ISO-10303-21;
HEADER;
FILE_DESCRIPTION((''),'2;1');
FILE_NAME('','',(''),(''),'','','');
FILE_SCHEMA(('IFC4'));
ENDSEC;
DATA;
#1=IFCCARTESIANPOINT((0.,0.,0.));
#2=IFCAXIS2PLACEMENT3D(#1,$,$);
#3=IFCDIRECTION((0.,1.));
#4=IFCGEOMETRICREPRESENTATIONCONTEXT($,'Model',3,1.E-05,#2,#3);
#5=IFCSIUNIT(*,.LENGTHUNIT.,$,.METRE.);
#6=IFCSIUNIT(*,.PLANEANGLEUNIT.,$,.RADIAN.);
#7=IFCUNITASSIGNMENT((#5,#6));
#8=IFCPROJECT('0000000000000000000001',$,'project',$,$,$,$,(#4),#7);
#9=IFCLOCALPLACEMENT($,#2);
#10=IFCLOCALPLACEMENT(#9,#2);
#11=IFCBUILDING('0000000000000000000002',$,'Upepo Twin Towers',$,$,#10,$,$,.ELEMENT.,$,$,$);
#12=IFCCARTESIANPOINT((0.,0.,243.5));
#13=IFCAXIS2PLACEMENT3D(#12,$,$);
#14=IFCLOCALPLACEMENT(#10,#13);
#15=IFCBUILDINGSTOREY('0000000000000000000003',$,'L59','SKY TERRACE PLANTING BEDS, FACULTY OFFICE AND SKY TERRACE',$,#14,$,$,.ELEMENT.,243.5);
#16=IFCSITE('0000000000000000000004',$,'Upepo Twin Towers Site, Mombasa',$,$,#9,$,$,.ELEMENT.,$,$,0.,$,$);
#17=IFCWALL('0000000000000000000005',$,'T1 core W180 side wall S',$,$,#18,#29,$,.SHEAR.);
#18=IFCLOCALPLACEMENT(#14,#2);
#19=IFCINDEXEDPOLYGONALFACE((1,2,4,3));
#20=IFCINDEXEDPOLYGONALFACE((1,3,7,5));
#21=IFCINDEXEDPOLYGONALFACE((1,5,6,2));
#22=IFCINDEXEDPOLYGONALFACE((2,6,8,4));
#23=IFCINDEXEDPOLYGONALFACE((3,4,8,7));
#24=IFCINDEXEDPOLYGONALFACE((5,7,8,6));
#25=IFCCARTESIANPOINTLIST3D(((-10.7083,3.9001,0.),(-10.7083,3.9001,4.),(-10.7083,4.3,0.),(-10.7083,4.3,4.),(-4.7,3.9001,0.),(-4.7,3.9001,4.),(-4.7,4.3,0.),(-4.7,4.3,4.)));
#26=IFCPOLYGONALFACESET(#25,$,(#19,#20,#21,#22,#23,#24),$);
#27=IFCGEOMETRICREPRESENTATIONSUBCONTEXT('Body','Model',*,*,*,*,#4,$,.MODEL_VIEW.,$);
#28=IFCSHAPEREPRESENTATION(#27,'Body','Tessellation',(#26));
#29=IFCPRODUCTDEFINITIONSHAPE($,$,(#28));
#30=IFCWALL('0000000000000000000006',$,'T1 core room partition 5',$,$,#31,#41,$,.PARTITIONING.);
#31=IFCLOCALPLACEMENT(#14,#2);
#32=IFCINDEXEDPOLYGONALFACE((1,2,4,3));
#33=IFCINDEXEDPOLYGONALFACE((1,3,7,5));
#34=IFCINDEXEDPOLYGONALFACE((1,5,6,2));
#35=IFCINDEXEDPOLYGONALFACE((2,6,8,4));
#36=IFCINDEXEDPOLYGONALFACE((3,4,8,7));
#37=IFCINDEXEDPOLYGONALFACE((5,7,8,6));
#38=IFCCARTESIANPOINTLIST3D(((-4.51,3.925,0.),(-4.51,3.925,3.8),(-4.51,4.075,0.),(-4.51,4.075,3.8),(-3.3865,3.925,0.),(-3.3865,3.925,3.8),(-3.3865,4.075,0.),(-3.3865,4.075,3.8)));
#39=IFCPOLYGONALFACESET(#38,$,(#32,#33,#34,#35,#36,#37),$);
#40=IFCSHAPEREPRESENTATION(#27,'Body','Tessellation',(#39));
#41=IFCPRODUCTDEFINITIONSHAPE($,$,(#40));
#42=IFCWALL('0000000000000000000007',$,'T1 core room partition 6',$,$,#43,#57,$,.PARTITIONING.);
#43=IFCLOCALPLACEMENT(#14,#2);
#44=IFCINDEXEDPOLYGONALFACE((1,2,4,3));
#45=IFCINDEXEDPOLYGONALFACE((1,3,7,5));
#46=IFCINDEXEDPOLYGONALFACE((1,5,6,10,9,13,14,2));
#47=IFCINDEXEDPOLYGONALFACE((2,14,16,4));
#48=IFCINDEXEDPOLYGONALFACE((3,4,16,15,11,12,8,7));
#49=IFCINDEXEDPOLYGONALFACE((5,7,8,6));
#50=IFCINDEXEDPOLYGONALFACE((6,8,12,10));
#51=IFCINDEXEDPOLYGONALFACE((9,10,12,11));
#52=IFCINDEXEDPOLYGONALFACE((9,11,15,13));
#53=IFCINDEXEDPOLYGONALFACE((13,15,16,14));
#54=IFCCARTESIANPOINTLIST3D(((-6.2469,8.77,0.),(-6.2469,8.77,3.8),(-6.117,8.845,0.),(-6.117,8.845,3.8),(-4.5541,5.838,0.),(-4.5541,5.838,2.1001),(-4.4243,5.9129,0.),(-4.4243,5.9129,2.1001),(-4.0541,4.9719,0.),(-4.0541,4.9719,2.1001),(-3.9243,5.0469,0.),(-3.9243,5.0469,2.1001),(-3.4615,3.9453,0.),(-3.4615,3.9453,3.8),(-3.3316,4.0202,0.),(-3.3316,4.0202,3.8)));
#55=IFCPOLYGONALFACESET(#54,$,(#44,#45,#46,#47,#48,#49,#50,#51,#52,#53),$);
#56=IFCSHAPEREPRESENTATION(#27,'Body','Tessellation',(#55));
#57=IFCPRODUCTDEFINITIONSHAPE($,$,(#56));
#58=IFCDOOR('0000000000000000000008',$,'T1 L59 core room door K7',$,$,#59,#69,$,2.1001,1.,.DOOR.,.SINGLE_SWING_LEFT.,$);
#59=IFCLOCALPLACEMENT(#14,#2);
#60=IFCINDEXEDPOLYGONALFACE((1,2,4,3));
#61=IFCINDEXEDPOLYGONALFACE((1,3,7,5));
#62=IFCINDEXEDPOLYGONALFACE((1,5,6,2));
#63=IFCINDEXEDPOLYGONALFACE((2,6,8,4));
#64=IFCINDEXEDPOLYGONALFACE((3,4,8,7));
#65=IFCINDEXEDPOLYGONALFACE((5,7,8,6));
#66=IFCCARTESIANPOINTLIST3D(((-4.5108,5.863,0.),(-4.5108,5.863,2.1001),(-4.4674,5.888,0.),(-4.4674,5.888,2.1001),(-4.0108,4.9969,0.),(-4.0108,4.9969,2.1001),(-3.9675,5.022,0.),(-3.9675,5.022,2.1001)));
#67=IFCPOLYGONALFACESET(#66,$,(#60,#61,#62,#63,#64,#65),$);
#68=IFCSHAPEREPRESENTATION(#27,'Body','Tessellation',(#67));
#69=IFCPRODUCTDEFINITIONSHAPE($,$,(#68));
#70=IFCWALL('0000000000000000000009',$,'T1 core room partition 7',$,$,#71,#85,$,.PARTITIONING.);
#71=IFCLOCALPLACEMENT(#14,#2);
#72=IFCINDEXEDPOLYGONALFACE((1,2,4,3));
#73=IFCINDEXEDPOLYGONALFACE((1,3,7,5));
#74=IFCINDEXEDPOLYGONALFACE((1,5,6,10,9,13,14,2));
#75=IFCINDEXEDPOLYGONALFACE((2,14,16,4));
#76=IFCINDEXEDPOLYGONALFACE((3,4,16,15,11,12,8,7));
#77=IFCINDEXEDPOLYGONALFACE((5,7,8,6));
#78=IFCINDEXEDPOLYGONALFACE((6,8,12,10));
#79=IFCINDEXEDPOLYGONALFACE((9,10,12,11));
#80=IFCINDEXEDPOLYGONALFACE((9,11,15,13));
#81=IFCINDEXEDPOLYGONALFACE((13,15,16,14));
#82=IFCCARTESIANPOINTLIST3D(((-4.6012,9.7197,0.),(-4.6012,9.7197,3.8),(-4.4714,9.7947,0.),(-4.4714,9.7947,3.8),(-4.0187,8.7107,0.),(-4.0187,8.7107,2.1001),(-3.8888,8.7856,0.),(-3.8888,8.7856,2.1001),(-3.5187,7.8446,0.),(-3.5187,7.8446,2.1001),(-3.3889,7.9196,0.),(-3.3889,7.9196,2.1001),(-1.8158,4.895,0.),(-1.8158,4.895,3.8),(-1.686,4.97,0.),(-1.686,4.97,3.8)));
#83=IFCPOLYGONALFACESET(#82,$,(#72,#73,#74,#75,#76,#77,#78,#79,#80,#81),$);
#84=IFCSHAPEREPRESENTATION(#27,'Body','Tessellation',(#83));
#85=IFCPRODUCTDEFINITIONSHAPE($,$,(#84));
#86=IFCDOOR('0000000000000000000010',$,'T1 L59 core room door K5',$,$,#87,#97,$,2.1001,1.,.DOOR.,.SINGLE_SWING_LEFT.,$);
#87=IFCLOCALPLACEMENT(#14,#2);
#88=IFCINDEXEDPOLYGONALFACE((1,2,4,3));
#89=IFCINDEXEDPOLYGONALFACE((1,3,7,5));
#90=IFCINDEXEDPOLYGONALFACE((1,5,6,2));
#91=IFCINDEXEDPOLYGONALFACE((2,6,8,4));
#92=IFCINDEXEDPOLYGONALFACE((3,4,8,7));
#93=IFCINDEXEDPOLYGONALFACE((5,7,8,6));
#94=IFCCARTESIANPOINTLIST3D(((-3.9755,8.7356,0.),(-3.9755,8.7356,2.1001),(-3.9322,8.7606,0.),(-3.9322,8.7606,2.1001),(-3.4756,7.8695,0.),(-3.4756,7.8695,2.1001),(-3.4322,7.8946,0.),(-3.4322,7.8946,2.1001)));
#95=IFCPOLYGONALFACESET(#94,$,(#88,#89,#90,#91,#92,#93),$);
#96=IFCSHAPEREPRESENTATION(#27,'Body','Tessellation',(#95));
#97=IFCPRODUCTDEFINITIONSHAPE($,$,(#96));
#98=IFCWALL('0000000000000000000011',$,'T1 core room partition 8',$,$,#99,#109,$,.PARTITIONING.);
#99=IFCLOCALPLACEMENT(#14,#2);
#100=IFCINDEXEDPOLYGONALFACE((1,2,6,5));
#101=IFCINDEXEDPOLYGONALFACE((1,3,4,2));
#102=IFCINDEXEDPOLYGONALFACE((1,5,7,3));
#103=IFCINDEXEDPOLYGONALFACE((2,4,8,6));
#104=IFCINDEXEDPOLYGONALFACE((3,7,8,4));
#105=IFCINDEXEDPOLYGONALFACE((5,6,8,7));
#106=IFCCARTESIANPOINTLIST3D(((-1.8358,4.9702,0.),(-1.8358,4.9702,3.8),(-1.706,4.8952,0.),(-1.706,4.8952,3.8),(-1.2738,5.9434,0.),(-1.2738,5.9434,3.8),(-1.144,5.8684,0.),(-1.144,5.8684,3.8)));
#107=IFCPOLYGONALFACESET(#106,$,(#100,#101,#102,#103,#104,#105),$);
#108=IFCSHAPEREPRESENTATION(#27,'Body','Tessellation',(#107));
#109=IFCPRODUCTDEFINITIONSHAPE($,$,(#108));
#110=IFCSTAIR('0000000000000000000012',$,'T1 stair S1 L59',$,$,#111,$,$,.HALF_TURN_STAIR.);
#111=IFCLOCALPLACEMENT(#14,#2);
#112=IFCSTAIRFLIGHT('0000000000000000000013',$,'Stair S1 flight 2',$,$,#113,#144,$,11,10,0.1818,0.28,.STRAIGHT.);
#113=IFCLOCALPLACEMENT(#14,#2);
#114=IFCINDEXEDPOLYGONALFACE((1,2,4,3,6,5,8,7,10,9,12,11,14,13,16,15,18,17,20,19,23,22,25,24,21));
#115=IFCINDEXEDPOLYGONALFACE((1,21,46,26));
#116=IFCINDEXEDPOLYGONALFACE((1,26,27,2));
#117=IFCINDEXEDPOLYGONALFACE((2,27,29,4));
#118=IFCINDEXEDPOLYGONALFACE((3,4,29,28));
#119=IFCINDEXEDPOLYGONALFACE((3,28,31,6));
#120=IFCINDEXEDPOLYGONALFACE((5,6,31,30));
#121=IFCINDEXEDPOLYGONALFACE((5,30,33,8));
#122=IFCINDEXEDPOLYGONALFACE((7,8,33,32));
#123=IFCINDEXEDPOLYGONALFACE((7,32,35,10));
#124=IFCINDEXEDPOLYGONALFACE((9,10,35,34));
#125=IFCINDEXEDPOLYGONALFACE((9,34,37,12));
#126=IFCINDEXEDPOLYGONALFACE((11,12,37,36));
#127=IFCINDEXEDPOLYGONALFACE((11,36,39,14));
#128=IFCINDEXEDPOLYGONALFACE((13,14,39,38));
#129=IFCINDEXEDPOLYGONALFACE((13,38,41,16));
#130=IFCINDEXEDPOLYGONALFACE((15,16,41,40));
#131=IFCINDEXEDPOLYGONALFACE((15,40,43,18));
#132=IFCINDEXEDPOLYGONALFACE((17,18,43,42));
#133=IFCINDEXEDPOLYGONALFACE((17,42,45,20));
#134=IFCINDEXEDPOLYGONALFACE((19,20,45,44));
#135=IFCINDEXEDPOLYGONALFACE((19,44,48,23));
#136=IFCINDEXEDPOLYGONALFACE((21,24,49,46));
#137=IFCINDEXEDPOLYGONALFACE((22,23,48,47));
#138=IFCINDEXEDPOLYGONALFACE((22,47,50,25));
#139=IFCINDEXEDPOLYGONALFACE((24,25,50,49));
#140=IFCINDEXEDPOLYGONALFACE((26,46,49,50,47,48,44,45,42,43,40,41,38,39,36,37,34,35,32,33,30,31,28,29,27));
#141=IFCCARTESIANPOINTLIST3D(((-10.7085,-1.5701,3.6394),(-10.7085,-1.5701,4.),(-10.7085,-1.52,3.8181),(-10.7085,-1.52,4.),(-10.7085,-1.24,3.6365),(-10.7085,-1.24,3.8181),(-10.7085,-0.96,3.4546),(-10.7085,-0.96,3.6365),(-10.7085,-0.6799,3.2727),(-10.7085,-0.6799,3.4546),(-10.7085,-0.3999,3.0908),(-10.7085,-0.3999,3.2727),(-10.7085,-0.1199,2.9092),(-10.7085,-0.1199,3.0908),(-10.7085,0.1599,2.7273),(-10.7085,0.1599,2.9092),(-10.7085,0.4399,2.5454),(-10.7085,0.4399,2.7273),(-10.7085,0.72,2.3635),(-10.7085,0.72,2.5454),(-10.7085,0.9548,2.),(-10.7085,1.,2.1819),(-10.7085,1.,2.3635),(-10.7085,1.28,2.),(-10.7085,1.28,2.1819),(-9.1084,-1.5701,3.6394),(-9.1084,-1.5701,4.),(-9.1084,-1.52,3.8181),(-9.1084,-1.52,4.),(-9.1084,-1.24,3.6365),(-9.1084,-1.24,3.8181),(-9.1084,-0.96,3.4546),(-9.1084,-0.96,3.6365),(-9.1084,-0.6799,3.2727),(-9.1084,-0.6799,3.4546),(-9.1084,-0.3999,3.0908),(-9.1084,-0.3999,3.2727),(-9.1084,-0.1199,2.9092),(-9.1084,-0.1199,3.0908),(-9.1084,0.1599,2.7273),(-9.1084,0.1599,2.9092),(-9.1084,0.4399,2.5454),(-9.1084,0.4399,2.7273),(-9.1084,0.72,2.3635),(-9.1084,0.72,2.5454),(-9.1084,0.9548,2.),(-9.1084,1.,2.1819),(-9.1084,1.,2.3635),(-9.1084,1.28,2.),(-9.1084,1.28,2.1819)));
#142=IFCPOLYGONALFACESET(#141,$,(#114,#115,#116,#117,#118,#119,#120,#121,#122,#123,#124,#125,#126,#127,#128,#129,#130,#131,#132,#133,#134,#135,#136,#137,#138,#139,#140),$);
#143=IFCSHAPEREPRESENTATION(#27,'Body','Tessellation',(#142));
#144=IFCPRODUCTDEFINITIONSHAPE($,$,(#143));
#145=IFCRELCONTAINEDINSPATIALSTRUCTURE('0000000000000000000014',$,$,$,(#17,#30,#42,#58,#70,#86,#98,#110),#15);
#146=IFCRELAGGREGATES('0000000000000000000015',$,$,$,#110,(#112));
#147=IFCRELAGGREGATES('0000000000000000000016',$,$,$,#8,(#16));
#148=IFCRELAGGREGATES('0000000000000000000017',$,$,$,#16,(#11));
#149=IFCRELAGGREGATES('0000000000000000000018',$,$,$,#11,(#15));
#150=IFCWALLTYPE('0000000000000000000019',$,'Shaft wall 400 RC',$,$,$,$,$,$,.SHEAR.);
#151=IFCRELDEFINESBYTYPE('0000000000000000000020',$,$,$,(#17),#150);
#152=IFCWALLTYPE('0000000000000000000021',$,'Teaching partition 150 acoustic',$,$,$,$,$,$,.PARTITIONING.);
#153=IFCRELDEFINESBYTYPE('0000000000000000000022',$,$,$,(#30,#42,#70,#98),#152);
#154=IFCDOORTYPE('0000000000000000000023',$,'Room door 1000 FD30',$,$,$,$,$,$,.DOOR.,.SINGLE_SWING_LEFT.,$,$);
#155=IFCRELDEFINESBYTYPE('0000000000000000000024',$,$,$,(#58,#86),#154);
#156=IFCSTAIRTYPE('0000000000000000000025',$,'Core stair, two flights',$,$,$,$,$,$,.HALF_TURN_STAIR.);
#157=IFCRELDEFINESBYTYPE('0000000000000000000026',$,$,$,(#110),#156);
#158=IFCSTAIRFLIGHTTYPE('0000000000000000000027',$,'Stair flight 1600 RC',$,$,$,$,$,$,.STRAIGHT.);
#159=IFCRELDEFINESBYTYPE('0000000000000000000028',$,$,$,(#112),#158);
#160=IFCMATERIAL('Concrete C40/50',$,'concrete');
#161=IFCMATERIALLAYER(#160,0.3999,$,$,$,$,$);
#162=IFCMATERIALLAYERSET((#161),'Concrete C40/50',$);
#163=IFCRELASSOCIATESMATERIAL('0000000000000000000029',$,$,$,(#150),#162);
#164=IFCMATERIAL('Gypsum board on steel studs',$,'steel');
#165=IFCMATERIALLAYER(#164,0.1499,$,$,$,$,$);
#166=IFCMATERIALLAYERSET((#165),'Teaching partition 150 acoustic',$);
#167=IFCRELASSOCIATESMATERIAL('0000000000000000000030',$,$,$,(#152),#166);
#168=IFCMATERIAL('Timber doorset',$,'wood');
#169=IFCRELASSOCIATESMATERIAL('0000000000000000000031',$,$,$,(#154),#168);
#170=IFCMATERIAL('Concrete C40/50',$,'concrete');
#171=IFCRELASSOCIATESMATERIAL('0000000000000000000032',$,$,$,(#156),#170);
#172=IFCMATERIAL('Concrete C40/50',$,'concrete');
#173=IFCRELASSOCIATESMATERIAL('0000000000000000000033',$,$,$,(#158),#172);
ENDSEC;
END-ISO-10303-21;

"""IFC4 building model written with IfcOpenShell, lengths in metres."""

from ifc_helpers import new_model, si_unit, direction, frame, frame_2d, origin, place, context, subcontext, project, spatial, polyline, rectangle, outline, extrude, material, layer, layer_set, type_object, element, fill, aggregate, save


model = new_model("IFC4")

# Units and contexts
model_context = context("Model", 3, precision=1e-05, world=origin(), true_north=direction((0.0, 1.0)))
body_context = subcontext(model_context, "Body", "Model", "MODEL_VIEW")
ifc_project = project(units=[si_unit("LENGTHUNIT", "METRE"), si_unit("PLANEANGLEUNIT", "RADIAN")], contexts=[model_context])

# Site, building, storey
site_placement = place(None, origin())
site = spatial("IfcSite", under=ifc_project, at=site_placement, Name="Upepo Twin Towers Site, Mombasa", CompositionType="ELEMENT", RefElevation=0.0)
building_placement = place(site_placement, origin())
building = spatial("IfcBuilding", under=site, at=building_placement, Name="Upepo Twin Towers", CompositionType="ELEMENT")
storey_placement = place(building_placement, frame((0.0, 0.0, 243.5)))
storey = spatial("IfcBuildingStorey", under=building, at=storey_placement, Name="L59", Description="SKY TERRACE PLANTING BEDS, FACULTY OFFICE AND SKY TERRACE", CompositionType="ELEMENT", Elevation=243.5)

# Walls
ifc_material_1 = material(Name="Concrete C40/50", Category="concrete")
ifc_layer_1 = layer(ifc_material_1, 0.3999)
ifc_layer_set_1 = layer_set([ifc_layer_1], Name="Concrete C40/50")
wall_type_1 = type_object("IfcWallType", Name="Shaft wall 400 RC", PredefinedType="SHEAR", material=ifc_layer_set_1)
for number, where, z_axis, x_axis, name in (
    (1, (-4.7, 4.1001, 0.0), (0.0, 0.0, 1.0), (-1.0, 0.0, 0.0), "T1 core W180 side wall S"),
):
    element("IfcWall", number, at=place(storey_placement, frame(where, z_axis=z_axis, x_axis=x_axis)), inside=storey, type_object=wall_type_1, Name=name, PredefinedType="SHEAR", context=body_context, shape_type="SweptSolid", body=[
        extrude(rectangle(XDim=6.0083, YDim=0.3999, at=frame_2d((3.0042, 0.0))), origin(), (0.0, 0.0, 1.0), 4.0),
    ])
ifc_material_2 = material(Name="Gypsum board on steel studs", Category="steel")
ifc_layer_2 = layer(ifc_material_2, 0.1499)
ifc_layer_set_2 = layer_set([ifc_layer_2], Name="Teaching partition 150 acoustic")
wall_type_2 = type_object("IfcWallType", Name="Teaching partition 150 acoustic", PredefinedType="PARTITIONING", material=ifc_layer_set_2)
wall_1_placement = place(storey_placement, frame((-4.51, 4.0, 0.0), z_axis=(0.0, 0.0, 1.0), x_axis=(1.0, 0.0, 0.0)))
element("IfcWall", 2, at=wall_1_placement, inside=storey, type_object=wall_type_2, Name="T1 core room partition 5", PredefinedType="PARTITIONING", context=body_context, shape_type="SweptSolid", body=[
    extrude(rectangle(XDim=1.1235, YDim=0.1499, at=frame_2d((0.5618, 0.0))), origin(), (0.0, 0.0, 1.0), 3.8),
])

# Walls, openings, doors
wall_2_placement = place(storey_placement, frame((-3.3965, 3.9827, 0.0), z_axis=(0.0, 0.0, 1.0), x_axis=(-0.49998, 0.866037, 0.0)))
wall_2 = element("IfcWall", 3, at=wall_2_placement, inside=storey, type_object=wall_type_2, Name="T1 core room partition 6", PredefinedType="PARTITIONING", context=body_context, shape_type="SweptSolid", body=[
    extrude(rectangle(XDim=5.571, YDim=0.1499, at=frame_2d((2.7856, 0.0))), origin(), (0.0, 0.0, 1.0), 3.8),
])
opening_1_placement = place(wall_2_placement, frame((1.1855, 0.0, 0.0)))
opening_1 = element("IfcOpeningElement", 4, at=opening_1_placement, cuts=wall_2, PredefinedType="OPENING", context=body_context, shape_type="SweptSolid", body=[
    extrude(rectangle(XDim=1.0, YDim=2.1001, at=frame_2d((0.5, 1.05))), frame((0.0, 0.085, 0.0), z_axis=(0.0, -1.0, 0.0), x_axis=(1.0, 0.0, 0.0)), (0.0, 0.0, 1.0), 0.1699),
])
ifc_material_3 = material(Name="Timber doorset", Category="wood")
door_type_1 = type_object("IfcDoorType", Name="Room door 1000 FD30", OperationType="SINGLE_SWING_LEFT", PredefinedType="DOOR", material=ifc_material_3)
door_1_placement = place(opening_1_placement, origin())
door_1 = element("IfcDoor", 5, at=door_1_placement, inside=storey, type_object=door_type_1, Name="T1 L59 core room door K7", OperationType="SINGLE_SWING_LEFT", OverallHeight=2.1001, OverallWidth=1.0, PredefinedType="DOOR", context=body_context, shape_type="SweptSolid", body=[
    extrude(rectangle(XDim=1.0, YDim=2.1001, at=frame_2d((0.5, 1.05))), frame((0.0, 0.0249, 0.0), z_axis=(0.0, -1.0, 0.0), x_axis=(1.0, 0.0, 0.0)), (0.0, 0.0, 1.0), 0.05),
])
fill(opening_1, door_1)
wall_3_placement = place(storey_placement, frame((-4.5364, 9.7573, 0.0), z_axis=(0.0, 0.0, 1.0), x_axis=(0.49998, -0.866037, 0.0)))
wall_3 = element("IfcWall", 6, at=wall_3_placement, inside=storey, type_object=wall_type_2, Name="T1 core room partition 7", PredefinedType="PARTITIONING", context=body_context, shape_type="SweptSolid", body=[
    extrude(rectangle(XDim=5.571, YDim=0.1499, at=frame_2d((2.7856, 0.0))), origin(), (0.0, 0.0, 1.0), 3.8),
])
opening_2_placement = place(wall_3_placement, frame((1.1653, 0.0, 0.0)))
opening_2 = element("IfcOpeningElement", 7, at=opening_2_placement, cuts=wall_3, PredefinedType="OPENING", context=body_context, shape_type="SweptSolid", body=[
    extrude(rectangle(XDim=1.0, YDim=2.1001, at=frame_2d((0.5, 1.05))), frame((0.0, 0.085, 0.0), z_axis=(0.0, -1.0, 0.0), x_axis=(1.0, 0.0, 0.0)), (0.0, 0.0, 1.0), 0.1699),
])
door_2_placement = place(opening_2_placement, origin())
door_2 = element("IfcDoor", 8, at=door_2_placement, inside=storey, type_object=door_type_1, Name="T1 L59 core room door K5", OperationType="SINGLE_SWING_LEFT", OverallHeight=2.1001, OverallWidth=1.0, PredefinedType="DOOR", context=body_context, shape_type="SweptSolid", body=[
    extrude(rectangle(XDim=1.0, YDim=2.1001, at=frame_2d((0.5, 1.05))), frame((0.0, 0.0249, 0.0), z_axis=(0.0, -1.0, 0.0), x_axis=(1.0, 0.0, 0.0)), (0.0, 0.0, 1.0), 0.05),
])
fill(opening_2, door_2)

# Wall
wall_4_placement = place(storey_placement, frame((-1.771, 4.9326, 0.0), z_axis=(0.0, 0.0, 1.0), x_axis=(0.500111, 0.865961, 0.0)))
element("IfcWall", 9, at=wall_4_placement, inside=storey, type_object=wall_type_2, Name="T1 core room partition 8", PredefinedType="PARTITIONING", context=body_context, shape_type="SweptSolid", body=[
    extrude(rectangle(XDim=1.1238, YDim=0.1499, at=frame_2d((0.562, 0.0))), origin(), (0.0, 0.0, 1.0), 3.8),
])

# Stair, stair flight
ifc_material_4 = material(Name="Concrete C40/50", Category="concrete")
stair_type = type_object("IfcStairType", Name="Core stair, two flights", PredefinedType="HALF_TURN_STAIR", material=ifc_material_4)
stair_placement = place(storey_placement, origin())
stair = element("IfcStair", 10, at=stair_placement, inside=storey, type_object=stair_type, Name="T1 stair S1 L59", PredefinedType="HALF_TURN_STAIR")
ifc_material_5 = material(Name="Concrete C40/50", Category="concrete")
stair_flight_type = type_object("IfcStairFlightType", Name="Stair flight 1600 RC", PredefinedType="STRAIGHT", material=ifc_material_5)
stair_flight_placement = place(storey_placement, frame((-9.9084, 1.28, 2.0), z_axis=(0.0, 0.0, 1.0), x_axis=(0.0, -1.0, 0.0)))
stair_flight = element("IfcStairFlight", 11, at=stair_flight_placement, type_object=stair_flight_type, Name="Stair S1 flight 2", NumberOfRisers=11, NumberOfTreads=10, PredefinedType="STRAIGHT", RiserHeight=0.1818, TreadLength=0.28, context=body_context, shape_type="SweptSolid", body=[
    extrude(outline(polyline([(0.0, 0.0), (0.0, 0.1819), (0.28, 0.1819), (0.28, 0.3635), (0.5601, 0.3635), (0.5601, 0.5454), (0.8401, 0.5454), (0.8401, 0.7273), (1.1201, 0.7273), (1.1201, 0.9092), (1.3999, 0.9092), (1.3999, 1.0908), (1.6799, 1.0908), (1.6799, 1.2727), (1.96, 1.2727), (1.96, 1.4546), (2.24, 1.4546), (2.24, 1.6365), (2.52, 1.6365), (2.52, 1.8181), (2.8, 1.8181), (2.8, 2.0), (2.8501, 2.0), (2.8501, 1.6394), (0.3252, 0.0), (0.0, 0.0)])), frame((0.0, 0.8, 0.0), z_axis=(0.0, -1.0, 0.0), x_axis=(1.0, 0.0, 0.0)), (0.0, 0.0, 1.0), 1.6001),
])
aggregate(stair, [stair_flight])

save(model, "model.ifc")
